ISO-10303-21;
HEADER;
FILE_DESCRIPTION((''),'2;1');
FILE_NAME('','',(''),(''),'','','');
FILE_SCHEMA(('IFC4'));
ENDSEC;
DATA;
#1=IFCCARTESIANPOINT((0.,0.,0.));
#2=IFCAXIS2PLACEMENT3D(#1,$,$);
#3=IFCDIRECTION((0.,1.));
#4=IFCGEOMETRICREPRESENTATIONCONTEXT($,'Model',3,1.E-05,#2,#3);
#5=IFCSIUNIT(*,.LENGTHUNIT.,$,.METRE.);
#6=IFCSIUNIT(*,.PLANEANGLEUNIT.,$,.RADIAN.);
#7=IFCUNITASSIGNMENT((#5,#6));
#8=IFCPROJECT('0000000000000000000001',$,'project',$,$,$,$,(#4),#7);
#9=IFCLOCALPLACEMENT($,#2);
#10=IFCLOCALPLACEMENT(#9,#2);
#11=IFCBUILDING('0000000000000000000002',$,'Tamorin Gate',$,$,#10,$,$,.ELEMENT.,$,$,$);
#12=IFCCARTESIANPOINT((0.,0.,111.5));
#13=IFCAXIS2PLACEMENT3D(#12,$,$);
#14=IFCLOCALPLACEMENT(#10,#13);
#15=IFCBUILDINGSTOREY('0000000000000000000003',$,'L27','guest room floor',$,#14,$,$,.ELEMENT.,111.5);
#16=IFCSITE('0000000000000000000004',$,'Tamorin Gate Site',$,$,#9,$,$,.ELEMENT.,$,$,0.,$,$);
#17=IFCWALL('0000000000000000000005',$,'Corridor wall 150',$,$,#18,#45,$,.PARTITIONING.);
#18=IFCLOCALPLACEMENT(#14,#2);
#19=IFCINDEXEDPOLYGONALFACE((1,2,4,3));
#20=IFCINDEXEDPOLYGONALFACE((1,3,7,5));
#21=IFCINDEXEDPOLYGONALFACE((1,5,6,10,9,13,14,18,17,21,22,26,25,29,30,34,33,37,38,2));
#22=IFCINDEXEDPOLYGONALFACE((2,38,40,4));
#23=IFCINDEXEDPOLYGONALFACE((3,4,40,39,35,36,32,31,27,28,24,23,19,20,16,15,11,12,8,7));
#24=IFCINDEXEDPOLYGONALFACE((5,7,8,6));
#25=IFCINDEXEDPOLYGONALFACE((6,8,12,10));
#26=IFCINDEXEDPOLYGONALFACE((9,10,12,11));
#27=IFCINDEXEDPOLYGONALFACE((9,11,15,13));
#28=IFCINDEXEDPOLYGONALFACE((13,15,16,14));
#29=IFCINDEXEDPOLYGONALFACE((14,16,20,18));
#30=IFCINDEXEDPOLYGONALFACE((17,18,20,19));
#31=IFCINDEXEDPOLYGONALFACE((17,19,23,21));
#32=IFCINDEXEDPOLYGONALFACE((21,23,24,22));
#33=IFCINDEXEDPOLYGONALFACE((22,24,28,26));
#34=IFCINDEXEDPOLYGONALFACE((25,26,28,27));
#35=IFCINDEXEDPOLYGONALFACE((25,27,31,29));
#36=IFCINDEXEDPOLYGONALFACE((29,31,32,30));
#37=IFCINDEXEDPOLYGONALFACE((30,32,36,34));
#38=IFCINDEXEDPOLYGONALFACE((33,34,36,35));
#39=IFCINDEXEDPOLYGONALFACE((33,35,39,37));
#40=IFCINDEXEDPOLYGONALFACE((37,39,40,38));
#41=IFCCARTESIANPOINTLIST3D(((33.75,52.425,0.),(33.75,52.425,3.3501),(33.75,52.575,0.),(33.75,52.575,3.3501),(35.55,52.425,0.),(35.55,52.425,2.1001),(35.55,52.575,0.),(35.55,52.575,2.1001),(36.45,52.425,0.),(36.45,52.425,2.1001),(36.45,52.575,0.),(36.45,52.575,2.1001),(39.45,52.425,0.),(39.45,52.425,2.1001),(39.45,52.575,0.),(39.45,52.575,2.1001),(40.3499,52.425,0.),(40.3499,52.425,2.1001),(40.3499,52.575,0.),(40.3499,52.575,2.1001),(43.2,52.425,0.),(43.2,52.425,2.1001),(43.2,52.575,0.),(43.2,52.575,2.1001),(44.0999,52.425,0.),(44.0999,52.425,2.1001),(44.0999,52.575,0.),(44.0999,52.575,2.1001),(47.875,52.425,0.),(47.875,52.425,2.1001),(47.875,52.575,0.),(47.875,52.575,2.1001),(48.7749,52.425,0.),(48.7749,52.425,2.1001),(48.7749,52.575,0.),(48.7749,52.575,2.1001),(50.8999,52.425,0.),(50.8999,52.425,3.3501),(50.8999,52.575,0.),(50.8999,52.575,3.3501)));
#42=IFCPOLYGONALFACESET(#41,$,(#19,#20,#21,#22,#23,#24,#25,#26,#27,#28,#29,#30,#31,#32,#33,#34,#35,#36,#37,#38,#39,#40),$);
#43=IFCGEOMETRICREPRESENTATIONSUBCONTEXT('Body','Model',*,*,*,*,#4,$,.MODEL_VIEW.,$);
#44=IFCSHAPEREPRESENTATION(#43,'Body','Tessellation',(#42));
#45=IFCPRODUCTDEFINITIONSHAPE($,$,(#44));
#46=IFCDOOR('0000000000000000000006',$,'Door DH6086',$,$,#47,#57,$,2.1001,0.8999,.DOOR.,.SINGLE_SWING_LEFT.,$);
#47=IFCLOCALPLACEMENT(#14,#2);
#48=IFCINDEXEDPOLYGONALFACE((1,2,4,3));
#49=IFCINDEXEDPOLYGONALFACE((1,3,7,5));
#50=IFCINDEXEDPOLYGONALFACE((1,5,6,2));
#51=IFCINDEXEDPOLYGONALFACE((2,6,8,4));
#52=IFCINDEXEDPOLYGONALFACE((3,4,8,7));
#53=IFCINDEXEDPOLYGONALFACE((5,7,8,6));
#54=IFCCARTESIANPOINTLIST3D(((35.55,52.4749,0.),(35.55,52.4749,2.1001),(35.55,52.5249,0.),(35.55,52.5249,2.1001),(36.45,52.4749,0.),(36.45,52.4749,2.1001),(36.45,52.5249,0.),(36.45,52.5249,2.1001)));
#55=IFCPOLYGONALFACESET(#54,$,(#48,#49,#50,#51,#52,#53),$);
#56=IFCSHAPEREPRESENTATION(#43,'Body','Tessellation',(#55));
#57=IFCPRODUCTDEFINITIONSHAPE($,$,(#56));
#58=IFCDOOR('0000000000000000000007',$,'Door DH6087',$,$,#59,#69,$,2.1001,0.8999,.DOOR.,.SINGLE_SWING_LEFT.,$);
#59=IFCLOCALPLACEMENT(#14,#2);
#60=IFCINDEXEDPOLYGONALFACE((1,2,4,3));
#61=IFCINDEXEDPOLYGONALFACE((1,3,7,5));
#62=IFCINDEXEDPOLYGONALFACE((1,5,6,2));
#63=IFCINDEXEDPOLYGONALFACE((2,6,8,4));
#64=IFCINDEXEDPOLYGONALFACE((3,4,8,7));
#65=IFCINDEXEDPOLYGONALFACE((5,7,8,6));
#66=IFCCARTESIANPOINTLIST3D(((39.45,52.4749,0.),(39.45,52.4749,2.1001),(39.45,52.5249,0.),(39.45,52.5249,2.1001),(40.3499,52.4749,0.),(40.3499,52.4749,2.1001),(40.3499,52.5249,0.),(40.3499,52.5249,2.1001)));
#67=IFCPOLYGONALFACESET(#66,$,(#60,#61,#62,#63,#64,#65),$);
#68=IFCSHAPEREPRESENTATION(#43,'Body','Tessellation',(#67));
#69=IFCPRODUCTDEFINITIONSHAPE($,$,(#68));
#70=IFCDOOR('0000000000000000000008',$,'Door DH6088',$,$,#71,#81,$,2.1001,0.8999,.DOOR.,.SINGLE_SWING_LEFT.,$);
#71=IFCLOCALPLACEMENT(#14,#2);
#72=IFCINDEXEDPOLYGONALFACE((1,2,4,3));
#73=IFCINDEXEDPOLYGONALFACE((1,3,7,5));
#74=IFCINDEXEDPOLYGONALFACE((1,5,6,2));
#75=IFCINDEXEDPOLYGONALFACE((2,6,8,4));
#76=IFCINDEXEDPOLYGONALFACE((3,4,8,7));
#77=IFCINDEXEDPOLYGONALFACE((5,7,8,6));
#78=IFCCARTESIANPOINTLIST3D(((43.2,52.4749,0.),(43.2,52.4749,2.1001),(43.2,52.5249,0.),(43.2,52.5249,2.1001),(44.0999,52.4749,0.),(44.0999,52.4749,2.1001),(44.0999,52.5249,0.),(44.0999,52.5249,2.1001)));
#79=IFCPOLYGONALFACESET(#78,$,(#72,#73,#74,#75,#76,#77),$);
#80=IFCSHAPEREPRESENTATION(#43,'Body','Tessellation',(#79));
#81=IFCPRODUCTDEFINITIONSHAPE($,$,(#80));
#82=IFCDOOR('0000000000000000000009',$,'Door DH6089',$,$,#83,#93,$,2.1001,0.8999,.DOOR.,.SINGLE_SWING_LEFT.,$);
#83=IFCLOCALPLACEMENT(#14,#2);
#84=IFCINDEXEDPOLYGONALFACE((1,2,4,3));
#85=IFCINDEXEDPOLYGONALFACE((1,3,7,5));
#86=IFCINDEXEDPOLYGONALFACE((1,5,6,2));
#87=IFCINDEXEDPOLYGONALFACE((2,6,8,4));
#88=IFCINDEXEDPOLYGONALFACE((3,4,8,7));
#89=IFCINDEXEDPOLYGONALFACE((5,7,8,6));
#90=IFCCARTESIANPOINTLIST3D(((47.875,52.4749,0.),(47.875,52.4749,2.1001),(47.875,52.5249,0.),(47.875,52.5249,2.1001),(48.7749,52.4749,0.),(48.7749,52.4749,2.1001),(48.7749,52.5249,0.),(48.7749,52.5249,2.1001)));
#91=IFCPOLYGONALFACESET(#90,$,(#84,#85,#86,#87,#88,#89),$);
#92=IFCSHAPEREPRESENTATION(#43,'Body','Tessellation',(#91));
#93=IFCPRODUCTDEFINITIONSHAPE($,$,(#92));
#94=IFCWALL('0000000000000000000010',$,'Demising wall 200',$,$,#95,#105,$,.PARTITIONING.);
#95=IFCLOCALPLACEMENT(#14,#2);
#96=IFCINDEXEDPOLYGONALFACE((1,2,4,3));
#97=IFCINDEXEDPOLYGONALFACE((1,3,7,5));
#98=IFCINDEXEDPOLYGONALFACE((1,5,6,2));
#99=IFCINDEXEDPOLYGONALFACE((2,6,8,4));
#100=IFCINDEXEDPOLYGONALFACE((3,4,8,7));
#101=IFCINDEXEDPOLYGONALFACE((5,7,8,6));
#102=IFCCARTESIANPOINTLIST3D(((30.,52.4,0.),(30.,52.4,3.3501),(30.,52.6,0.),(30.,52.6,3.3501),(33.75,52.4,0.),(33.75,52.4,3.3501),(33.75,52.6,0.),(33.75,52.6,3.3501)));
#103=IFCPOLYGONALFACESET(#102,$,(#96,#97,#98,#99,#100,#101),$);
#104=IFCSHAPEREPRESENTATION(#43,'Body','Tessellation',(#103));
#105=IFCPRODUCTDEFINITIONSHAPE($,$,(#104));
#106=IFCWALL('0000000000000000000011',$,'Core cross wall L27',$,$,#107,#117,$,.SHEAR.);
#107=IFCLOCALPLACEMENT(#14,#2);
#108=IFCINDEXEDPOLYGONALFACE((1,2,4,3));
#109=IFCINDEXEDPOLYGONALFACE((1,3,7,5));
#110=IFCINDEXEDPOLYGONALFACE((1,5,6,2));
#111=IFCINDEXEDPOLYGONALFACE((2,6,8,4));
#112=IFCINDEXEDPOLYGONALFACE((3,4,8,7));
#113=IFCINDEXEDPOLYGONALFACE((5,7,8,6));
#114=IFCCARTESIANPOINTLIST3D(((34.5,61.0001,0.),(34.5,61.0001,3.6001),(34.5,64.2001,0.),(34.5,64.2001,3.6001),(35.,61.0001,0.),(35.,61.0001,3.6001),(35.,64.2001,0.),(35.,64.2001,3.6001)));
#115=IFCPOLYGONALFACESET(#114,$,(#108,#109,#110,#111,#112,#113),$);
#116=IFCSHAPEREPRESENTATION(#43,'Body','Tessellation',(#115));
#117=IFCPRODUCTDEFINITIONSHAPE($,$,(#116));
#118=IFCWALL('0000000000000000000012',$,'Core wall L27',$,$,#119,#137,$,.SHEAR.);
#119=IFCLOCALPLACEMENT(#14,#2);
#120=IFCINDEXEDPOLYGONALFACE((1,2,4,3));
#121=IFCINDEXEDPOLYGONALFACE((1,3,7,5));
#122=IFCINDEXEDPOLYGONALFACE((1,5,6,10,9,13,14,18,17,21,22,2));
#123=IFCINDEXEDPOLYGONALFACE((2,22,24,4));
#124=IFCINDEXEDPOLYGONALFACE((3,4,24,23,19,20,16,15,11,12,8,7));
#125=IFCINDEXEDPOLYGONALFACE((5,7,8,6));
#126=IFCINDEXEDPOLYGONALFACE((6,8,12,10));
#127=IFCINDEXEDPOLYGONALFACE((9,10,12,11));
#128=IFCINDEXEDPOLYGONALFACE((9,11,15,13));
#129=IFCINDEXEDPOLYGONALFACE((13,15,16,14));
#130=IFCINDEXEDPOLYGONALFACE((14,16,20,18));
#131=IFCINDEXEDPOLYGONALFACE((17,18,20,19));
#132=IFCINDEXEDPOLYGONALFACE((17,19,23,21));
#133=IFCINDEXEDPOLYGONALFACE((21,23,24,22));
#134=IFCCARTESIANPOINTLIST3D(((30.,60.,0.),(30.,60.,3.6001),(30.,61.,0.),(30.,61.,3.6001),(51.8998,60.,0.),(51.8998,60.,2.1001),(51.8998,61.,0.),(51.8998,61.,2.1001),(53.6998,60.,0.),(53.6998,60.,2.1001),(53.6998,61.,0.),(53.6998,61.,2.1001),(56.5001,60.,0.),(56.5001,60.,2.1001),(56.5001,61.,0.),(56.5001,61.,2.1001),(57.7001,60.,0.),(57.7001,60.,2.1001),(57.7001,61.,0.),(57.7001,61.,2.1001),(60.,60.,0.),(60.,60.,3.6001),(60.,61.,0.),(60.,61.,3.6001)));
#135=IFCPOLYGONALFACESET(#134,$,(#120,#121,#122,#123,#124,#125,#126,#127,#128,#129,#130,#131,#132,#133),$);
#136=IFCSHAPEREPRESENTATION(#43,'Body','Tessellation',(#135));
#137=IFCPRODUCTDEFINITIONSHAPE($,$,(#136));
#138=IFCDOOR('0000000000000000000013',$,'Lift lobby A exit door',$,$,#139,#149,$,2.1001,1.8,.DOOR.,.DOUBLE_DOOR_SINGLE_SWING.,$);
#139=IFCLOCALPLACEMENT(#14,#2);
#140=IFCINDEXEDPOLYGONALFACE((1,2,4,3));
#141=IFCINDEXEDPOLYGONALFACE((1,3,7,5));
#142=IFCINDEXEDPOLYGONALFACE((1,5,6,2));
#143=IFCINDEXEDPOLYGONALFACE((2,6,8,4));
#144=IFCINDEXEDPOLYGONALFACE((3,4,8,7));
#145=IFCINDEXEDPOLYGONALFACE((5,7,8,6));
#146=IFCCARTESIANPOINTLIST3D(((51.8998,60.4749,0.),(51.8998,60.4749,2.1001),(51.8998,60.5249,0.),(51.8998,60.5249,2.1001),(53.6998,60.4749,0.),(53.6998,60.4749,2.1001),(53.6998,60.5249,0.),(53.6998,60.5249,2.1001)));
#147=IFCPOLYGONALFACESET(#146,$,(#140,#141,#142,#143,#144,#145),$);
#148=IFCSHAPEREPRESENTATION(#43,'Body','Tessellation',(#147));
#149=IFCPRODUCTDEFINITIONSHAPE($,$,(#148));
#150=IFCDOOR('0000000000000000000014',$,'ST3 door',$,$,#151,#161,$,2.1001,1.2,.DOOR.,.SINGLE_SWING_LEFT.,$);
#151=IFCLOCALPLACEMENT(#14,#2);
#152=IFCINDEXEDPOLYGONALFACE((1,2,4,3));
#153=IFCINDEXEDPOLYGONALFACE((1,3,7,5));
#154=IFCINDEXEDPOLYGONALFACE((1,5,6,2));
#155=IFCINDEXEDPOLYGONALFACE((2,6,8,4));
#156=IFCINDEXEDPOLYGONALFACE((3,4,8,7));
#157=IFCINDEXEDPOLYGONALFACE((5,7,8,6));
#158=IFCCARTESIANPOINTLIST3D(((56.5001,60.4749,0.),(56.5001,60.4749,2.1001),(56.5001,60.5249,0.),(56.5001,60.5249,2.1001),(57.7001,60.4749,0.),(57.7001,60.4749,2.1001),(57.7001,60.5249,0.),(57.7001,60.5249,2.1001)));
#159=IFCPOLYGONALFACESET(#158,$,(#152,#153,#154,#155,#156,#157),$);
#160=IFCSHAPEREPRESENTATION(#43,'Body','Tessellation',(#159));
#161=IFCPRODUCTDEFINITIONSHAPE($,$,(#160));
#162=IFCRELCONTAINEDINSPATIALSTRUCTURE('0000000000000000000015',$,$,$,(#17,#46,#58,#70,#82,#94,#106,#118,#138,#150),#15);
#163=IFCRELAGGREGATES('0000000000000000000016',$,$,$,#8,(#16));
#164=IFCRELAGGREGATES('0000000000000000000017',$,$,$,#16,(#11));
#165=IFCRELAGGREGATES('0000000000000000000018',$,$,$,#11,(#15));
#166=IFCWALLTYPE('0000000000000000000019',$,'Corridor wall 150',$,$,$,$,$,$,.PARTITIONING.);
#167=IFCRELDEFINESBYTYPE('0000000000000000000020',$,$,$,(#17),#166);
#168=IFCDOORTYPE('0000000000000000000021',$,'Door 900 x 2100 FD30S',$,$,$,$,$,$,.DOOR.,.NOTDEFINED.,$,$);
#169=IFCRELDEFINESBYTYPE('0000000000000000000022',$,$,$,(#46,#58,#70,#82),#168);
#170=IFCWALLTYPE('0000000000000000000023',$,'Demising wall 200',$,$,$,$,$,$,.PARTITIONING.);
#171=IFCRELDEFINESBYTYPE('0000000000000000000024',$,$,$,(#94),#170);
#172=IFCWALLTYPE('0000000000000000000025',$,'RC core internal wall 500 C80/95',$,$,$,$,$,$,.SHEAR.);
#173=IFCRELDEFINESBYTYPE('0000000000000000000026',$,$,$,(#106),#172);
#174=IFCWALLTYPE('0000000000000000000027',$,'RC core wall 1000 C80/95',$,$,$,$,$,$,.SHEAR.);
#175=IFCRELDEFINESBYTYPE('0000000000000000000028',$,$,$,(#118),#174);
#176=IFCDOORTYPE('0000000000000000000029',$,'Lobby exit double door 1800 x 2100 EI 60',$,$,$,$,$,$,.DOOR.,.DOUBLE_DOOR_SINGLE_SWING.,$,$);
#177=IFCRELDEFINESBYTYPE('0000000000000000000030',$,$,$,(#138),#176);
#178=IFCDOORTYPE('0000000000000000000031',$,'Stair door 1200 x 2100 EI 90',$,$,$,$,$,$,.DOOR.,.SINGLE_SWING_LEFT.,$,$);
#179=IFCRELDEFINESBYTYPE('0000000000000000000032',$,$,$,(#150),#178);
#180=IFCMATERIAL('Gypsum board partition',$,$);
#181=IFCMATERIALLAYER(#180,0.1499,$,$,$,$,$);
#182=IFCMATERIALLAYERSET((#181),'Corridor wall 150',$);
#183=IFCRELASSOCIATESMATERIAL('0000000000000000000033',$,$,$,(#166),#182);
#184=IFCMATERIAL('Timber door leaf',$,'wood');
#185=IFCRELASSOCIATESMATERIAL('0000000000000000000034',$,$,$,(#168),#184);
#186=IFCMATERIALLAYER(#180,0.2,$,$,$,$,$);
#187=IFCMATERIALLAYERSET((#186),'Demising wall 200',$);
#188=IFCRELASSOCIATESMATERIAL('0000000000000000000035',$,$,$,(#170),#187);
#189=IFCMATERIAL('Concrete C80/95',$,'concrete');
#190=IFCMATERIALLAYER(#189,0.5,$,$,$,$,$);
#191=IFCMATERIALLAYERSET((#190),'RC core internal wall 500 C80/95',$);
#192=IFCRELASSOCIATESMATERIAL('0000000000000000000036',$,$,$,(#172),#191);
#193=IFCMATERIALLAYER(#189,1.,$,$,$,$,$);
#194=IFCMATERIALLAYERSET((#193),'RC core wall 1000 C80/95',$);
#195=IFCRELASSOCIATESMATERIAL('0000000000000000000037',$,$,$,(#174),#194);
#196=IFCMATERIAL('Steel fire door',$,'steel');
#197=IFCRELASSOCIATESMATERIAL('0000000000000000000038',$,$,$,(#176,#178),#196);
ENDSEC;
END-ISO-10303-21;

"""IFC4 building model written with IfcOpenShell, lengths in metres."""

from ifc_helpers import new_model, si_unit, direction, frame, frame_2d, origin, place, context, subcontext, project, spatial, rectangle, extrude, material, layer, layer_set, type_object, element, fill, save


model = new_model("IFC4")

# Units and contexts
model_context = context("Model", 3, precision=1e-05, world=origin(), true_north=direction((0.0, 1.0)))
body_context = subcontext(model_context, "Body", "Model", "MODEL_VIEW")
ifc_project = project(units=[si_unit("LENGTHUNIT", "METRE"), si_unit("PLANEANGLEUNIT", "RADIAN")], contexts=[model_context])

# Site, building, storey
site_placement = place(None, origin())
site = spatial("IfcSite", under=ifc_project, at=site_placement, Name="Tamorin Gate Site", CompositionType="ELEMENT", RefElevation=0.0)
building_placement = place(site_placement, origin())
building = spatial("IfcBuilding", under=site, at=building_placement, Name="Tamorin Gate", CompositionType="ELEMENT")
storey_placement = place(building_placement, frame((0.0, 0.0, 111.5)))
storey = spatial("IfcBuildingStorey", under=building, at=storey_placement, Name="L27", Description="guest room floor", CompositionType="ELEMENT", Elevation=111.5)

# Shared definitions
ifc_material_1 = material(Name="Concrete C80/95", Category="concrete")

# Wall, openings, doors
ifc_material_2 = material(Name="Gypsum board partition")
ifc_layer_1 = layer(ifc_material_2, 0.1499)
ifc_layer_set_1 = layer_set([ifc_layer_1], Name="Corridor wall 150")
wall_type_1 = type_object("IfcWallType", Name="Corridor wall 150", PredefinedType="PARTITIONING", material=ifc_layer_set_1)
wall_1_placement = place(storey_placement, frame((33.75, 52.5, 0.0), z_axis=(0.0, 0.0, 1.0), x_axis=(1.0, 0.0, 0.0)))
wall_1 = element("IfcWall", 1, at=wall_1_placement, inside=storey, type_object=wall_type_1, Name="Corridor wall 150", PredefinedType="PARTITIONING", context=body_context, shape_type="SweptSolid", body=[
    extrude(rectangle(XDim=17.1499, YDim=0.1499, at=frame_2d((8.575, 0.0))), origin(), (0.0, 0.0, 1.0), 3.3501),
])
opening_1_placement = place(wall_1_placement, frame((1.8, 0.0, 0.0)))
opening_1 = element("IfcOpeningElement", 2, at=opening_1_placement, cuts=wall_1, PredefinedType="OPENING", context=body_context, shape_type="SweptSolid", body=[
    extrude(rectangle(XDim=0.8999, YDim=2.1001, at=frame_2d((0.45, 1.05))), frame((0.0, 0.085, 0.0), z_axis=(0.0, -1.0, 0.0), x_axis=(1.0, 0.0, 0.0)), (0.0, 0.0, 1.0), 0.1699),
])
opening_2_placement = place(wall_1_placement, frame((5.7, 0.0, 0.0)))
opening_2 = element("IfcOpeningElement", 3, at=opening_2_placement, cuts=wall_1, PredefinedType="OPENING", context=body_context, shape_type="SweptSolid", body=[
    extrude(rectangle(XDim=0.8999, YDim=2.1001, at=frame_2d((0.45, 1.05))), frame((0.0, 0.085, 0.0), z_axis=(0.0, -1.0, 0.0), x_axis=(1.0, 0.0, 0.0)), (0.0, 0.0, 1.0), 0.1699),
])
opening_3_placement = place(wall_1_placement, frame((9.45, 0.0, 0.0)))
opening_3 = element("IfcOpeningElement", 4, at=opening_3_placement, cuts=wall_1, PredefinedType="OPENING", context=body_context, shape_type="SweptSolid", body=[
    extrude(rectangle(XDim=0.8999, YDim=2.1001, at=frame_2d((0.45, 1.05))), frame((0.0, 0.085, 0.0), z_axis=(0.0, -1.0, 0.0), x_axis=(1.0, 0.0, 0.0)), (0.0, 0.0, 1.0), 0.1699),
])
opening_4_placement = place(wall_1_placement, frame((14.125, 0.0, 0.0)))
opening_4 = element("IfcOpeningElement", 5, at=opening_4_placement, cuts=wall_1, PredefinedType="OPENING", context=body_context, shape_type="SweptSolid", body=[
    extrude(rectangle(XDim=0.8999, YDim=2.1001, at=frame_2d((0.45, 1.05))), frame((0.0, 0.085, 0.0), z_axis=(0.0, -1.0, 0.0), x_axis=(1.0, 0.0, 0.0)), (0.0, 0.0, 1.0), 0.1699),
])
ifc_material_3 = material(Name="Timber door leaf", Category="wood")
door_type_1 = type_object("IfcDoorType", Name="Door 900 x 2100 FD30S", OperationType="NOTDEFINED", PredefinedType="DOOR", material=ifc_material_3)
door_1_placement = place(opening_1_placement, origin())
door_1 = element("IfcDoor", 6, at=door_1_placement, inside=storey, type_object=door_type_1, Name="Door DH6086", OperationType="SINGLE_SWING_LEFT", OverallHeight=2.1001, OverallWidth=0.8999, PredefinedType="DOOR", context=body_context, shape_type="SweptSolid", body=[
    extrude(rectangle(XDim=0.8999, YDim=2.1001, at=frame_2d((0.45, 1.05))), frame((0.0, 0.0249, 0.0), z_axis=(0.0, -1.0, 0.0), x_axis=(1.0, 0.0, 0.0)), (0.0, 0.0, 1.0), 0.05),
])
fill(opening_1, door_1)
door_2_placement = place(opening_2_placement, origin())
door_2 = element("IfcDoor", 7, at=door_2_placement, inside=storey, type_object=door_type_1, Name="Door DH6087", OperationType="SINGLE_SWING_LEFT", OverallHeight=2.1001, OverallWidth=0.8999, PredefinedType="DOOR", context=body_context, shape_type="SweptSolid", body=[
    extrude(rectangle(XDim=0.8999, YDim=2.1001, at=frame_2d((0.45, 1.05))), frame((0.0, 0.0249, 0.0), z_axis=(0.0, -1.0, 0.0), x_axis=(1.0, 0.0, 0.0)), (0.0, 0.0, 1.0), 0.05),
])
fill(opening_2, door_2)
door_3_placement = place(opening_3_placement, origin())
door_3 = element("IfcDoor", 8, at=door_3_placement, inside=storey, type_object=door_type_1, Name="Door DH6088", OperationType="SINGLE_SWING_LEFT", OverallHeight=2.1001, OverallWidth=0.8999, PredefinedType="DOOR", context=body_context, shape_type="SweptSolid", body=[
    extrude(rectangle(XDim=0.8999, YDim=2.1001, at=frame_2d((0.45, 1.05))), frame((0.0, 0.0249, 0.0), z_axis=(0.0, -1.0, 0.0), x_axis=(1.0, 0.0, 0.0)), (0.0, 0.0, 1.0), 0.05),
])
fill(opening_3, door_3)
door_4_placement = place(opening_4_placement, origin())
door_4 = element("IfcDoor", 9, at=door_4_placement, inside=storey, type_object=door_type_1, Name="Door DH6089", OperationType="SINGLE_SWING_LEFT", OverallHeight=2.1001, OverallWidth=0.8999, PredefinedType="DOOR", context=body_context, shape_type="SweptSolid", body=[
    extrude(rectangle(XDim=0.8999, YDim=2.1001, at=frame_2d((0.45, 1.05))), frame((0.0, 0.0249, 0.0), z_axis=(0.0, -1.0, 0.0), x_axis=(1.0, 0.0, 0.0)), (0.0, 0.0, 1.0), 0.05),
])
fill(opening_4, door_4)

# Walls
ifc_layer_2 = layer(ifc_material_2, 0.2)
ifc_layer_set_2 = layer_set([ifc_layer_2], Name="Demising wall 200")
wall_type_2 = type_object("IfcWallType", Name="Demising wall 200", PredefinedType="PARTITIONING", material=ifc_layer_set_2)
wall_2_placement = place(storey_placement, frame((30.0, 52.5, 0.0), z_axis=(0.0, 0.0, 1.0), x_axis=(1.0, 0.0, 0.0)))
element("IfcWall", 10, at=wall_2_placement, inside=storey, type_object=wall_type_2, Name="Demising wall 200", PredefinedType="PARTITIONING", context=body_context, shape_type="SweptSolid", body=[
    extrude(rectangle(XDim=3.75, YDim=0.2, at=frame_2d((1.875, 0.0))), origin(), (0.0, 0.0, 1.0), 3.3501),
])
ifc_layer_3 = layer(ifc_material_1, 0.5)
ifc_layer_set_3 = layer_set([ifc_layer_3], Name="RC core internal wall 500 C80/95")
wall_type_3 = type_object("IfcWallType", Name="RC core internal wall 500 C80/95", PredefinedType="SHEAR", material=ifc_layer_set_3)
wall_3_placement = place(storey_placement, frame((34.75, 61.0, 0.0), z_axis=(0.0, 0.0, 1.0), x_axis=(0.0, 1.0, 0.0)))
element("IfcWall", 11, at=wall_3_placement, inside=storey, type_object=wall_type_3, Name="Core cross wall L27", PredefinedType="SHEAR", context=body_context, shape_type="SweptSolid", body=[
    extrude(rectangle(XDim=3.2, YDim=0.5, at=frame_2d((1.6001, 0.0))), origin(), (0.0, 0.0, 1.0), 3.6001),
])

# Wall, openings, doors
ifc_layer_4 = layer(ifc_material_1, 1.0)
ifc_layer_set_4 = layer_set([ifc_layer_4], Name="RC core wall 1000 C80/95")
wall_type_4 = type_object("IfcWallType", Name="RC core wall 1000 C80/95", PredefinedType="SHEAR", material=ifc_layer_set_4)
wall_4_placement = place(storey_placement, frame((30.0, 60.5, 0.0), z_axis=(0.0, 0.0, 1.0), x_axis=(1.0, 0.0, 0.0)))
wall_4 = element("IfcWall", 12, at=wall_4_placement, inside=storey, type_object=wall_type_4, Name="Core wall L27", PredefinedType="SHEAR", context=body_context, shape_type="SweptSolid", body=[
    extrude(rectangle(XDim=30.0, YDim=1.0, at=frame_2d((15.0, 0.0))), origin(), (0.0, 0.0, 1.0), 3.6001),
])
opening_5_placement = place(wall_4_placement, frame((21.8999, 0.0, 0.0)))
opening_5 = element("IfcOpeningElement", 13, at=opening_5_placement, cuts=wall_4, PredefinedType="OPENING", context=body_context, shape_type="SweptSolid", body=[
    extrude(rectangle(XDim=1.8, YDim=2.1001, at=frame_2d((0.8999, 1.05))), frame((0.0, 0.51, 0.0), z_axis=(0.0, -1.0, 0.0), x_axis=(1.0, 0.0, 0.0)), (0.0, 0.0, 1.0), 1.02),
])
opening_6_placement = place(wall_4_placement, frame((26.5, 0.0, 0.0)))
opening_6 = element("IfcOpeningElement", 14, at=opening_6_placement, cuts=wall_4, PredefinedType="OPENING", context=body_context, shape_type="SweptSolid", body=[
    extrude(rectangle(XDim=1.2, YDim=2.1001, at=frame_2d((0.6001, 1.05))), frame((0.0, 0.51, 0.0), z_axis=(0.0, -1.0, 0.0), x_axis=(1.0, 0.0, 0.0)), (0.0, 0.0, 1.0), 1.02),
])
ifc_material_4 = material(Name="Steel fire door", Category="steel")
door_type_2 = type_object("IfcDoorType", Name="Lobby exit double door 1800 x 2100 EI 60", OperationType="DOUBLE_DOOR_SINGLE_SWING", PredefinedType="DOOR", material=ifc_material_4)
door_5_placement = place(opening_5_placement, origin())
door_5 = element("IfcDoor", 15, at=door_5_placement, inside=storey, type_object=door_type_2, Name="Lift lobby A exit door", OperationType="DOUBLE_DOOR_SINGLE_SWING", OverallHeight=2.1001, OverallWidth=1.8, PredefinedType="DOOR", context=body_context, shape_type="SweptSolid", body=[
    extrude(rectangle(XDim=1.8, YDim=2.1001, at=frame_2d((0.8999, 1.05))), frame((0.0, 0.0249, 0.0), z_axis=(0.0, -1.0, 0.0), x_axis=(1.0, 0.0, 0.0)), (0.0, 0.0, 1.0), 0.05),
])
fill(opening_5, door_5)
door_type_3 = type_object("IfcDoorType", Name="Stair door 1200 x 2100 EI 90", OperationType="SINGLE_SWING_LEFT", PredefinedType="DOOR", material=ifc_material_4)
door_6_placement = place(opening_6_placement, origin())
door_6 = element("IfcDoor", 16, at=door_6_placement, inside=storey, type_object=door_type_3, Name="ST3 door", OperationType="SINGLE_SWING_LEFT", OverallHeight=2.1001, OverallWidth=1.2, PredefinedType="DOOR", context=body_context, shape_type="SweptSolid", body=[
    extrude(rectangle(XDim=1.2, YDim=2.1001, at=frame_2d((0.6001, 1.05))), frame((0.0, 0.0249, 0.0), z_axis=(0.0, -1.0, 0.0), x_axis=(1.0, 0.0, 0.0)), (0.0, 0.0, 1.0), 0.05),
])
fill(opening_6, door_6)

save(model, "model.ifc")
